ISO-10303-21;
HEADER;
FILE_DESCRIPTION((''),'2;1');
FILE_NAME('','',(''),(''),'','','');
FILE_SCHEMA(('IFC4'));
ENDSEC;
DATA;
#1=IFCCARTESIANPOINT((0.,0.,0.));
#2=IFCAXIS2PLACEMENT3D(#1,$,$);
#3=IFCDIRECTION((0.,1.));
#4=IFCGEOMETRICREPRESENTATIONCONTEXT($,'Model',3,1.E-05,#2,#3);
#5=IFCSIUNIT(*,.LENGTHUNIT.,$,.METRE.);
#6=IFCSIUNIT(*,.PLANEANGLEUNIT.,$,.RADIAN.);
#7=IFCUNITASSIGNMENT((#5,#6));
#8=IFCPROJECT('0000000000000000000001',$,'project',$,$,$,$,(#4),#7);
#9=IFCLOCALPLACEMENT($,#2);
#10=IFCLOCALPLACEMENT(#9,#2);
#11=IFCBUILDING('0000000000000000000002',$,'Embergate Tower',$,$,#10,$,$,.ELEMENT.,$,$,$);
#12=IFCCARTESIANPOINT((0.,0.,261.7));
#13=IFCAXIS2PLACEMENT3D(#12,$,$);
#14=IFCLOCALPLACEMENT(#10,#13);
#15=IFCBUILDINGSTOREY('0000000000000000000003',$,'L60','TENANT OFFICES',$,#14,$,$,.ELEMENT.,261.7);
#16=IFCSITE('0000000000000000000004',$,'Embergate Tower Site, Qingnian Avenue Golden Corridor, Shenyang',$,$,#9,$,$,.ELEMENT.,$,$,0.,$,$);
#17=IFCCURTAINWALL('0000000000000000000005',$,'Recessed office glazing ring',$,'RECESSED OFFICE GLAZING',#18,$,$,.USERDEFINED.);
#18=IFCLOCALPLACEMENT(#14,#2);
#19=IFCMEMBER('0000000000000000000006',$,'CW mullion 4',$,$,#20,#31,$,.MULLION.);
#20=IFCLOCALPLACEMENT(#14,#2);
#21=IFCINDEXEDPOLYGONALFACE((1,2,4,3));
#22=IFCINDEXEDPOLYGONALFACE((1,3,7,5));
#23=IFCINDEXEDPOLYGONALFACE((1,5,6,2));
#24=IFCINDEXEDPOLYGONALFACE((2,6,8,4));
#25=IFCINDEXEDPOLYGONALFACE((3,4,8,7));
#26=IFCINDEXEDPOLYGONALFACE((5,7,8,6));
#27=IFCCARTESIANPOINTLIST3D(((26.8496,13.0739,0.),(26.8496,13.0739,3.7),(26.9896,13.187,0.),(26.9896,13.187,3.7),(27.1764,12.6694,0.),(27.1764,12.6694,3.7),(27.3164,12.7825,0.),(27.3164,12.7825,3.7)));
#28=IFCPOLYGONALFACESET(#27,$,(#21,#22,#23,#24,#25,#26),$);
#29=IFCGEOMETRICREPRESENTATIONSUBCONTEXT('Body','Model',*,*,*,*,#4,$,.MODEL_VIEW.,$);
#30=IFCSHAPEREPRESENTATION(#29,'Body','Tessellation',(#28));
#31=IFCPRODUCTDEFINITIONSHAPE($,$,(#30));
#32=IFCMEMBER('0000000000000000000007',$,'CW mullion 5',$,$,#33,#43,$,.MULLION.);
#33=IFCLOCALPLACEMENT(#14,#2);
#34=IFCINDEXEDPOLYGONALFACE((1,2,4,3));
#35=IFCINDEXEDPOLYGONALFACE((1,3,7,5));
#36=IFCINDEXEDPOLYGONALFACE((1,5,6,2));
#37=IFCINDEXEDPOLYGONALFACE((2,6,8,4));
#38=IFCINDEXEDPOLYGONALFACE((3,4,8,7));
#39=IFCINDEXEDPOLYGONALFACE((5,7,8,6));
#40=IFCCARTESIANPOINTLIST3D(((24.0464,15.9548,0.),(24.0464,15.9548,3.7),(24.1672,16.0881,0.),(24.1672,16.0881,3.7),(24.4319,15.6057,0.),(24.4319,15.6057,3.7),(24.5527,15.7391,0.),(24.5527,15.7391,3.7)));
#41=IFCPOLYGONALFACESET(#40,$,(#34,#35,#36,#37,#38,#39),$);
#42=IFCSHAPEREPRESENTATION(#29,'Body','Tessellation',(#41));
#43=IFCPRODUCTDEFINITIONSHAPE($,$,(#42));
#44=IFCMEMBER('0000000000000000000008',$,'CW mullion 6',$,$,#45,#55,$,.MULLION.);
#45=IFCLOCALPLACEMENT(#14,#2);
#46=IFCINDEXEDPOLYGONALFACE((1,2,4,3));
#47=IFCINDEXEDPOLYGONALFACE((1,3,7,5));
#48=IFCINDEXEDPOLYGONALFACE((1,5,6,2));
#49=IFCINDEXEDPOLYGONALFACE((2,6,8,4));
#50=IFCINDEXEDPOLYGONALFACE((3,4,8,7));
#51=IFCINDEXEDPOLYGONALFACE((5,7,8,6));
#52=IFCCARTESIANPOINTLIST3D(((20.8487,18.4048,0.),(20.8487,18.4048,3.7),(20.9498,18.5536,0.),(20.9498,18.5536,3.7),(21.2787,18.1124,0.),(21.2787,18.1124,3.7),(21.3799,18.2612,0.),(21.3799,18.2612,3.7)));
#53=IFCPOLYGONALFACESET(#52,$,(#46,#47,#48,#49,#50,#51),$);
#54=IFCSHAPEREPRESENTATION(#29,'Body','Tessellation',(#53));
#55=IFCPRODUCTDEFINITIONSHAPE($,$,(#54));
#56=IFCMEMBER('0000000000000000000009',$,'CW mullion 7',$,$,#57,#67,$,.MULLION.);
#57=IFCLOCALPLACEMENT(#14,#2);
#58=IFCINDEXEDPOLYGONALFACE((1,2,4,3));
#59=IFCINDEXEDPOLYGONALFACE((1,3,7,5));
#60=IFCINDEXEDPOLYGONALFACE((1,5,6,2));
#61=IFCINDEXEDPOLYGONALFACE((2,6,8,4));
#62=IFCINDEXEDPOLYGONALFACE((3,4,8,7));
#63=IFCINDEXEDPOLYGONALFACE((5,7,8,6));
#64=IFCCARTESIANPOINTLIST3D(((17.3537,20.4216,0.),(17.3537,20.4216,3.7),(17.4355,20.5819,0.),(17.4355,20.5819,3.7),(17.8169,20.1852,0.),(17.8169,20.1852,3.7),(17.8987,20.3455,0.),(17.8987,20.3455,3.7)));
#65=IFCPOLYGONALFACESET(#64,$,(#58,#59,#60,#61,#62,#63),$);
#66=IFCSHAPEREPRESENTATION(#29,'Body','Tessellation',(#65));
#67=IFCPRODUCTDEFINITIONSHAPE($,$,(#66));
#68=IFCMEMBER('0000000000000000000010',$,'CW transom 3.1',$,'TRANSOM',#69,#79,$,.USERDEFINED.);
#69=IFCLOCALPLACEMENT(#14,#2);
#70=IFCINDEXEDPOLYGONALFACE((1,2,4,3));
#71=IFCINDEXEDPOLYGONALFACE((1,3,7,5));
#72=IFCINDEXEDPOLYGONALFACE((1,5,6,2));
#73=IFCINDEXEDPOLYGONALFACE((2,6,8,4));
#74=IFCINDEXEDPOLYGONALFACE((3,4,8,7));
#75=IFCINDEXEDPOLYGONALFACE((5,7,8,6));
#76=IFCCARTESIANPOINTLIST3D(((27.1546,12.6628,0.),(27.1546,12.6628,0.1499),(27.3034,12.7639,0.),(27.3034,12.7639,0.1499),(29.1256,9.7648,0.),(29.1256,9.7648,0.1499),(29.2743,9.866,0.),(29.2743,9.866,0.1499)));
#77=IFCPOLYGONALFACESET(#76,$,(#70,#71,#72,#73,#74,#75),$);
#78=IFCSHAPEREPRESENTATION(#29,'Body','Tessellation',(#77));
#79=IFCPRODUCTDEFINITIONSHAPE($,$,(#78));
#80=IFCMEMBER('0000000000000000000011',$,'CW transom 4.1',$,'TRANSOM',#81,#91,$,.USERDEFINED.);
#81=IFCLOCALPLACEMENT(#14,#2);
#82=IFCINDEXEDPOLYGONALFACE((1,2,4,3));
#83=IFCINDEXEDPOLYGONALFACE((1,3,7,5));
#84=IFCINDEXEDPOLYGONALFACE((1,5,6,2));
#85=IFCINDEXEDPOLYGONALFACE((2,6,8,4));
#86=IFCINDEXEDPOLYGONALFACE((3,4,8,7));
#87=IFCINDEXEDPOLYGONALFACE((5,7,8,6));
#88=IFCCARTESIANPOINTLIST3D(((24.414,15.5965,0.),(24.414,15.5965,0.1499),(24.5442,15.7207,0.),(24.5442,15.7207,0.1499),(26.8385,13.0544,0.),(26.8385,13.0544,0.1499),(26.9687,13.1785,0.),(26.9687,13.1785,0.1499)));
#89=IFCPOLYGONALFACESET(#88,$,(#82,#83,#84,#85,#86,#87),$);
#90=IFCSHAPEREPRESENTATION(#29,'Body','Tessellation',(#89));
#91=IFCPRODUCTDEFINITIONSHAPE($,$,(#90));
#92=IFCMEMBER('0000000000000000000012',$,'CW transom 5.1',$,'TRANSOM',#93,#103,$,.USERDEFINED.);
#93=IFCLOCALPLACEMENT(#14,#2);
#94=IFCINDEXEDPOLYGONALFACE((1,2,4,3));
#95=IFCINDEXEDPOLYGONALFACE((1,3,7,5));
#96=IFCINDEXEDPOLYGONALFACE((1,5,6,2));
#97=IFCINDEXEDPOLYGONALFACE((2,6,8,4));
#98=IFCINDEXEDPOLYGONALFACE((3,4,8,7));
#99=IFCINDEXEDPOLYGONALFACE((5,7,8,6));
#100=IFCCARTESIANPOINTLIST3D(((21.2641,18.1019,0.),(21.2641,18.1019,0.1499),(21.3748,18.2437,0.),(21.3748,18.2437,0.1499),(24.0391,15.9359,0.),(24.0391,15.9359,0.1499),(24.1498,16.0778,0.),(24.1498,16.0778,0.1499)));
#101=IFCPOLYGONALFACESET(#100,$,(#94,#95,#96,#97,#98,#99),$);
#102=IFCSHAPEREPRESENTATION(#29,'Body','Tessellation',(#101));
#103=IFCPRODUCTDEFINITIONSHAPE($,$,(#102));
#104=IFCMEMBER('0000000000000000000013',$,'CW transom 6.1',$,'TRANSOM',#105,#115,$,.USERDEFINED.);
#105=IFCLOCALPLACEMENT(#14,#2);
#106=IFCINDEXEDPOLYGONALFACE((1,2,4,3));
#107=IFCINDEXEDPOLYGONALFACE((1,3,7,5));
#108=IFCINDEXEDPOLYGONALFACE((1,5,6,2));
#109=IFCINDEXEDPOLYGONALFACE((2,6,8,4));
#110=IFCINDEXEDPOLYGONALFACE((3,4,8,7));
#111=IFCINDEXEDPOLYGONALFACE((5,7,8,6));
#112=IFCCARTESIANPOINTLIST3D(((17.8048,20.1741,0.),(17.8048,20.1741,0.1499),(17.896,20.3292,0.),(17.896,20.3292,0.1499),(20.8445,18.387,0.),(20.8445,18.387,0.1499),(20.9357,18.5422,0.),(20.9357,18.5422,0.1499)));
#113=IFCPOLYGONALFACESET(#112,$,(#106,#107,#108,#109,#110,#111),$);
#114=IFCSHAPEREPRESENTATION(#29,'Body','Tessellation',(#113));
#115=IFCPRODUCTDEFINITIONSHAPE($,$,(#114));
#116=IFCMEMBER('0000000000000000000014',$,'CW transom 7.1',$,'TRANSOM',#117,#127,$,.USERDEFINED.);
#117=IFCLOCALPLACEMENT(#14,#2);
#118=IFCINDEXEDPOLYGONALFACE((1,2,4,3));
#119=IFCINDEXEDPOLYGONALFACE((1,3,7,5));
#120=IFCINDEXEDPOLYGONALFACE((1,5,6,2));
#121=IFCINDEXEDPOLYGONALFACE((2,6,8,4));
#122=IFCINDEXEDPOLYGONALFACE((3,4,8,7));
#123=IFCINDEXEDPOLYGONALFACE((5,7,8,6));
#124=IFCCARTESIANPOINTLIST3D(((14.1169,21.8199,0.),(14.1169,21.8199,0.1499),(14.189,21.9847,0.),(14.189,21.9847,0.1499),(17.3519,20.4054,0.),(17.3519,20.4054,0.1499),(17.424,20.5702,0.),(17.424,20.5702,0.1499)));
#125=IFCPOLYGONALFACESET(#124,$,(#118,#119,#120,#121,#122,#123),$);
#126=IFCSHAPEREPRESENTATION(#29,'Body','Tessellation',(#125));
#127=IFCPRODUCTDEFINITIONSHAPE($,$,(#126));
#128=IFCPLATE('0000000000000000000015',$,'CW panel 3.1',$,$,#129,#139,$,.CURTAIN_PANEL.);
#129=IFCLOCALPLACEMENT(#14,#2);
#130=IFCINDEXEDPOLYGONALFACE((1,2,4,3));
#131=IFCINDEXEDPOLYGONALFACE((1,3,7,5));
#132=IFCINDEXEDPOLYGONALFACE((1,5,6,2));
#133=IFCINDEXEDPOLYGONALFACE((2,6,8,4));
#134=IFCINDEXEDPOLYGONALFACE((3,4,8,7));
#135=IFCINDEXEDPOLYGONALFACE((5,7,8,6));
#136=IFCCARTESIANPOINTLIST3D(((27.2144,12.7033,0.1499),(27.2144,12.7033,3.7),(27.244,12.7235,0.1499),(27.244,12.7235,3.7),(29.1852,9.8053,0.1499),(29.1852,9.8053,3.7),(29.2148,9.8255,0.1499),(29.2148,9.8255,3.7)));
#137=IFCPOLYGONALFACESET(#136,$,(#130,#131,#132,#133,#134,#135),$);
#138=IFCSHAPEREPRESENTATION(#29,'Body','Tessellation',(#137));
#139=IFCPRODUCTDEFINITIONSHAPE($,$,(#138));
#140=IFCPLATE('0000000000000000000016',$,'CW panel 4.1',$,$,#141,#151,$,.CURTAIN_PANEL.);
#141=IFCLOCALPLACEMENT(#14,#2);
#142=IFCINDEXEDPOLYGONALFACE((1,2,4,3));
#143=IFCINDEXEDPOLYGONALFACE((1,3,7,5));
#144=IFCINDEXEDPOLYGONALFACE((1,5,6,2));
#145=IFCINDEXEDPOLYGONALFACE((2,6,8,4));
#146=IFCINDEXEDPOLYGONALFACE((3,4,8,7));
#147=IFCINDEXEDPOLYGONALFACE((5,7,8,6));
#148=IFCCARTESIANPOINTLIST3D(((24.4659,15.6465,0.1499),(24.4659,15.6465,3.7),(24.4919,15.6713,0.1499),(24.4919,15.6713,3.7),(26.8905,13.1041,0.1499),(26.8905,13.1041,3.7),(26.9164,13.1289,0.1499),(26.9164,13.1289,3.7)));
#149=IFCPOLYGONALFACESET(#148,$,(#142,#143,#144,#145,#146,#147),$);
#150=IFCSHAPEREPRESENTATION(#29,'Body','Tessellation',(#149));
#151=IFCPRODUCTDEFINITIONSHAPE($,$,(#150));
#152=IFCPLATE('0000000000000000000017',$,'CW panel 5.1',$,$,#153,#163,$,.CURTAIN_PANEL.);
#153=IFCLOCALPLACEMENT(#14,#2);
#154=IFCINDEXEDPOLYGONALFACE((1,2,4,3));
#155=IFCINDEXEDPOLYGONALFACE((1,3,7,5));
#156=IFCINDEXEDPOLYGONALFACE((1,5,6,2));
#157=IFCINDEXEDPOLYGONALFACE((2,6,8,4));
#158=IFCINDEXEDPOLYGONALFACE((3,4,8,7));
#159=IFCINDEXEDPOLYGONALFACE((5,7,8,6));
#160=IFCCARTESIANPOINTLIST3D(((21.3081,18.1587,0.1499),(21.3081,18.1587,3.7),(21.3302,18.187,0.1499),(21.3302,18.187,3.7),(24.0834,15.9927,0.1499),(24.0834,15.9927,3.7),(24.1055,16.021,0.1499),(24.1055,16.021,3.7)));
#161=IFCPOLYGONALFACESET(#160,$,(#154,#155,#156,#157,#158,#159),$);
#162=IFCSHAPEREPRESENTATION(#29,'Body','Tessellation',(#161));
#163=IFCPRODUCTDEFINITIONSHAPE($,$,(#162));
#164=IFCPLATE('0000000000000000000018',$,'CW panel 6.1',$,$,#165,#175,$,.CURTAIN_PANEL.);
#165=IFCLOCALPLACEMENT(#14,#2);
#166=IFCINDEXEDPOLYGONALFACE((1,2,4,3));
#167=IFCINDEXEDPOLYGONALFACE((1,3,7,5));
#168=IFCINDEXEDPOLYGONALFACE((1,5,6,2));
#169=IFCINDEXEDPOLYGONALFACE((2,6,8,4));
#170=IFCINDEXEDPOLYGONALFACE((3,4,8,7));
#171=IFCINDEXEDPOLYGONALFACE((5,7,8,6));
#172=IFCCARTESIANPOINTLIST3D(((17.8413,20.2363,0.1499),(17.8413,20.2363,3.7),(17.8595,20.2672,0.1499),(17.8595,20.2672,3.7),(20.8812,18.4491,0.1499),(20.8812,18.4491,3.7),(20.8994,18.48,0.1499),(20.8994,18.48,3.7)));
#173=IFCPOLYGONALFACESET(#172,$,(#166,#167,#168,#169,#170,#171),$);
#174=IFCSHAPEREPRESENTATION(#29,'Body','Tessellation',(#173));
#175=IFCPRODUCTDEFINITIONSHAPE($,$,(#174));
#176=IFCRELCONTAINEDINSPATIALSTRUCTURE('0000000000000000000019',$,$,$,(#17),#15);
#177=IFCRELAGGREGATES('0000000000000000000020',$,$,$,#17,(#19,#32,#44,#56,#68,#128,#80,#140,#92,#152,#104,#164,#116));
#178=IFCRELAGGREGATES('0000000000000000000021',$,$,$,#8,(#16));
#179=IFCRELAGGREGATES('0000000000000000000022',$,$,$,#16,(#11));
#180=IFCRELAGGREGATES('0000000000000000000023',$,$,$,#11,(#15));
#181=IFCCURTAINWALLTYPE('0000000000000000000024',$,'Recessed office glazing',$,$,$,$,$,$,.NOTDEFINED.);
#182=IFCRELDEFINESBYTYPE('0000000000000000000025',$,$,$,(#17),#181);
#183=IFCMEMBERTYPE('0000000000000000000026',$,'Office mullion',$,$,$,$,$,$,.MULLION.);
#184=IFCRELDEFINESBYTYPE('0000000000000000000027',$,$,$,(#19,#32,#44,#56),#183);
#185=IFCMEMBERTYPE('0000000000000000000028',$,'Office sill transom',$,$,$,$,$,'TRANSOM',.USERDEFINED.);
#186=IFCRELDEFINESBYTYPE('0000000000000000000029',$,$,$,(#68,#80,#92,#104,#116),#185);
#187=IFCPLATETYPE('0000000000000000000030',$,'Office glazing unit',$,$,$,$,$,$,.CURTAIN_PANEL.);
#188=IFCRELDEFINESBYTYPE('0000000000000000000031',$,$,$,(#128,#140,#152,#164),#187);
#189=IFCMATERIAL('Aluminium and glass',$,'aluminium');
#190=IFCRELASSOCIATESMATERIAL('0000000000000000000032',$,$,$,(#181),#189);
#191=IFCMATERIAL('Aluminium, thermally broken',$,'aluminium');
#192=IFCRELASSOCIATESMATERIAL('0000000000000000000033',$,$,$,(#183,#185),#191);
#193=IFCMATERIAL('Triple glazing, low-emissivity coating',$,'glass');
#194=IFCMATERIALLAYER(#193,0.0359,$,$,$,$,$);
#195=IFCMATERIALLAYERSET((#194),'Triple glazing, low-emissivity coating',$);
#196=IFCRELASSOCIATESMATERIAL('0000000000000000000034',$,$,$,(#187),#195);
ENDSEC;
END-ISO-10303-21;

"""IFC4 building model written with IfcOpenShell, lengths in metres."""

from ifc_helpers import new_model, si_unit, direction, frame, origin, origin_2d, place, context, subcontext, project, spatial, rectangle, extrude, source, transform, mapped, material, layer, layer_set, material_profile, profile_set, type_object, element, aggregate, save


model = new_model("IFC4")

# Units and contexts
model_context = context("Model", 3, precision=1e-05, world=origin(), true_north=direction((0.0, 1.0)))
body_context = subcontext(model_context, "Body", "Model", "MODEL_VIEW")
ifc_project = project(units=[si_unit("LENGTHUNIT", "METRE"), si_unit("PLANEANGLEUNIT", "RADIAN")], contexts=[model_context])

# Site, building, storey
site_placement = place(None, origin())
site = spatial("IfcSite", under=ifc_project, at=site_placement, Name="Embergate Tower Site, Qingnian Avenue Golden Corridor, Shenyang", CompositionType="ELEMENT", RefElevation=0.0)
building_placement = place(site_placement, origin())
building = spatial("IfcBuilding", under=site, at=building_placement, Name="Embergate Tower", CompositionType="ELEMENT")
storey_placement = place(building_placement, frame((0.0, 0.0, 261.7)))
storey = spatial("IfcBuildingStorey", under=building, at=storey_placement, Name="L60", Description="TENANT OFFICES", CompositionType="ELEMENT", Elevation=261.7)

# Curtain wall, members, plates
ifc_material_1 = material(Name="Aluminium and glass", Category="aluminium")
curtain_wall_type = type_object("IfcCurtainWallType", Name="Recessed office glazing", PredefinedType="NOTDEFINED", material=ifc_material_1)
curtain_wall_placement = place(storey_placement, origin())
curtain_wall = element("IfcCurtainWall", 1, at=curtain_wall_placement, inside=storey, type_object=curtain_wall_type, Name="Recessed office glazing ring", ObjectType="RECESSED OFFICE GLAZING", PredefinedType="USERDEFINED")
ifc_material_2 = material(Name="Aluminium, thermally broken", Category="aluminium")
ifc_material_profile_1 = material_profile(ifc_material_2, rectangle(XDim=0.1799, YDim=0.52, at=origin_2d()), Name="AL 520x180")
ifc_profile_set_1 = profile_set([ifc_material_profile_1], Name="Aluminium, thermally broken")
member_type_1 = type_object("IfcMemberType", Name="Office mullion", PredefinedType="MULLION", material=ifc_profile_set_1)
shared_shape_1 = source(origin(), body_context, "Body", "SweptSolid", [
    extrude(rectangle(XDim=0.1799, YDim=0.52, at=origin_2d()), origin(), (0.0, 0.0, 1.0), 3.7),
])
member_1_placement = place(storey_placement, frame((27.083, 12.9282, 0.0), z_axis=(0.0, 0.0, 1.0), x_axis=(-0.777864, -0.628433, 0.0)))
member_1 = element("IfcMember", 2, at=member_1_placement, type_object=member_type_1, Name="CW mullion 4", PredefinedType="MULLION", context=body_context, shape_type="MappedRepresentation", body=[
    mapped(shared_shape_1, transform((0.0, 0.0, 0.0))),
])
member_2_placement = place(storey_placement, frame((24.2996, 15.8469, 0.0), z_axis=(0.0, 0.0, 1.0), x_axis=(-0.671217, -0.74126, 0.0)))
member_2 = element("IfcMember", 3, at=member_2_placement, type_object=member_type_1, Name="CW mullion 5", PredefinedType="MULLION", context=body_context, shape_type="MappedRepresentation", body=[
    mapped(shared_shape_1, transform((0.0, 0.0, 0.0))),
])
member_3_placement = place(storey_placement, frame((21.1143, 18.333, 0.0), z_axis=(0.0, 0.0, 1.0), x_axis=(-0.562209, -0.826995, 0.0)))
member_3 = element("IfcMember", 4, at=member_3_placement, type_object=member_type_1, Name="CW mullion 6", PredefinedType="MULLION", context=body_context, shape_type="MappedRepresentation", body=[
    mapped(shared_shape_1, transform((0.0, 0.0, 0.0))),
])
member_4_placement = place(storey_placement, frame((17.6262, 20.3835, 0.0), z_axis=(0.0, 0.0, 1.0), x_axis=(-0.454505, -0.890744, 0.0)))
member_4 = element("IfcMember", 5, at=member_4_placement, type_object=member_type_1, Name="CW mullion 7", PredefinedType="MULLION", context=body_context, shape_type="MappedRepresentation", body=[
    mapped(shared_shape_1, transform((0.0, 0.0, 0.0))),
])
ifc_material_profile_2 = material_profile(ifc_material_2, rectangle(XDim=0.1799, YDim=0.1499, at=origin_2d()), Name="AL 150x180")
ifc_profile_set_2 = profile_set([ifc_material_profile_2], Name="Aluminium, thermally broken")
member_type_2 = type_object("IfcMemberType", Name="Office sill transom", ElementType="TRANSOM", PredefinedType="USERDEFINED", material=ifc_profile_set_2)
shared_shape_2 = source(origin(), body_context, "Body", "SweptSolid", [
    extrude(rectangle(XDim=0.1799, YDim=0.1499, at=origin_2d()), origin(), (0.0, 0.0, 1.0), 3.5046),
])
member_5_placement = place(storey_placement, frame((29.2, 9.8154, 0.075), z_axis=(-0.562377, 0.826881, 0.0), x_axis=(-0.826881, -0.562377, 0.0)))
member_5 = element("IfcMember", 6, at=member_5_placement, type_object=member_type_2, Name="CW transom 3.1", ObjectType="TRANSOM", PredefinedType="USERDEFINED", context=body_context, shape_type="MappedRepresentation", body=[
    mapped(shared_shape_2, transform((0.0, 0.0, 0.0))),
])
shared_shape_3 = source(origin(), body_context, "Body", "SweptSolid", [
    extrude(rectangle(XDim=0.1799, YDim=0.1499, at=origin_2d()), origin(), (0.0, 0.0, 1.0), 3.5129),
])
member_6_placement = place(storey_placement, frame((26.9036, 13.1165, 0.075), z_axis=(-0.69016, 0.723657, 0.0), x_axis=(-0.723657, -0.69016, 0.0)))
member_6 = element("IfcMember", 7, at=member_6_placement, type_object=member_type_2, Name="CW transom 4.1", ObjectType="TRANSOM", PredefinedType="USERDEFINED", context=body_context, shape_type="MappedRepresentation", body=[
    mapped(shared_shape_3, transform((0.0, 0.0, 0.0))),
])
shared_shape_4 = source(origin(), body_context, "Body", "SweptSolid", [
    extrude(rectangle(XDim=0.1799, YDim=0.1499, at=origin_2d()), origin(), (0.0, 0.0, 1.0), 3.5203),
])
member_7_placement = place(storey_placement, frame((24.0945, 16.0068, 0.075), z_axis=(-0.788309, 0.615279, 0.0), x_axis=(-0.615279, -0.788309, 0.0)))
member_7 = element("IfcMember", 8, at=member_7_placement, type_object=member_type_2, Name="CW transom 5.1", ObjectType="TRANSOM", PredefinedType="USERDEFINED", context=body_context, shape_type="MappedRepresentation", body=[
    mapped(shared_shape_4, transform((0.0, 0.0, 0.0))),
])
shared_shape_5 = source(origin(), body_context, "Body", "SweptSolid", [
    extrude(rectangle(XDim=0.1799, YDim=0.1499, at=origin_2d()), origin(), (0.0, 0.0, 1.0), 3.5261),
])
member_8_placement = place(storey_placement, frame((20.8901, 18.4646, 0.075), z_axis=(-0.862059, 0.506808, 0.0), x_axis=(-0.506808, -0.862059, 0.0)))
member_8 = element("IfcMember", 9, at=member_8_placement, type_object=member_type_2, Name="CW transom 6.1", ObjectType="TRANSOM", PredefinedType="USERDEFINED", context=body_context, shape_type="MappedRepresentation", body=[
    mapped(shared_shape_5, transform((0.0, 0.0, 0.0))),
])
shared_shape_6 = source(origin(), body_context, "Body", "SweptSolid", [
    extrude(rectangle(XDim=0.1799, YDim=0.1499, at=origin_2d()), origin(), (0.0, 0.0, 1.0), 3.5308),
])
member_9_placement = place(storey_placement, frame((17.3879, 20.4878, 0.075), z_axis=(-0.916241, 0.400627, 0.0), x_axis=(-0.400627, -0.916241, 0.0)))
member_9 = element("IfcMember", 10, at=member_9_placement, type_object=member_type_2, Name="CW transom 7.1", ObjectType="TRANSOM", PredefinedType="USERDEFINED", context=body_context, shape_type="MappedRepresentation", body=[
    mapped(shared_shape_6, transform((0.0, 0.0, 0.0))),
])
ifc_material_3 = material(Name="Triple glazing, low-emissivity coating", Category="glass")
ifc_layer_1 = layer(ifc_material_3, 0.0359)
ifc_layer_set_1 = layer_set([ifc_layer_1], Name="Triple glazing, low-emissivity coating")
plate_type = type_object("IfcPlateType", Name="Office glazing unit", PredefinedType="CURTAIN_PANEL", material=ifc_layer_set_1)
shared_shape_7 = source(origin(), body_context, "Body", "SweptSolid", [
    extrude(rectangle(XDim=3.5046, YDim=0.0359, at=origin_2d()), origin(), (0.0, 0.0, 1.0), 3.55),
])
plate_1_placement = place(storey_placement, frame((28.2146, 11.2644, 0.1499), z_axis=(0.0, 0.0, 1.0), x_axis=(-0.562346, 0.826902, 0.0)))
plate_1 = element("IfcPlate", 11, at=plate_1_placement, type_object=plate_type, Name="CW panel 3.1", PredefinedType="CURTAIN_PANEL", context=body_context, shape_type="MappedRepresentation", body=[
    mapped(shared_shape_7, transform((0.0, 0.0, 0.0))),
])
shared_shape_8 = source(origin(), body_context, "Body", "SweptSolid", [
    extrude(rectangle(XDim=3.5132, YDim=0.0359, at=origin_2d()), origin(), (0.0, 0.0, 1.0), 3.55),
])
plate_2_placement = place(storey_placement, frame((25.6912, 14.3877, 0.1499), z_axis=(0.0, 0.0, 1.0), x_axis=(-0.690138, 0.723678, 0.0)))
plate_2 = element("IfcPlate", 12, at=plate_2_placement, type_object=plate_type, Name="CW panel 4.1", PredefinedType="CURTAIN_PANEL", context=body_context, shape_type="MappedRepresentation", body=[
    mapped(shared_shape_8, transform((0.0, 0.0, 0.0))),
])
shared_shape_9 = source(origin(), body_context, "Body", "SweptSolid", [
    extrude(rectangle(XDim=3.5205, YDim=0.0359, at=origin_2d()), origin(), (0.0, 0.0, 1.0), 3.55),
])
plate_3_placement = place(storey_placement, frame((22.7068, 17.0898, 0.1499), z_axis=(0.0, 0.0, 1.0), x_axis=(-0.788322, 0.615263, 0.0)))
plate_3 = element("IfcPlate", 13, at=plate_3_placement, type_object=plate_type, Name="CW panel 5.1", PredefinedType="CURTAIN_PANEL", context=body_context, shape_type="MappedRepresentation", body=[
    mapped(shared_shape_9, transform((0.0, 0.0, 0.0))),
])
shared_shape_10 = source(origin(), body_context, "Body", "SweptSolid", [
    extrude(rectangle(XDim=3.5264, YDim=0.0359, at=origin_2d()), origin(), (0.0, 0.0, 1.0), 3.55),
])
plate_4_placement = place(storey_placement, frame((19.3704, 19.3582, 0.1499), z_axis=(0.0, 0.0, 1.0), x_axis=(-0.862055, 0.506815, 0.0)))
plate_4 = element("IfcPlate", 14, at=plate_4_placement, type_object=plate_type, Name="CW panel 6.1", PredefinedType="CURTAIN_PANEL", context=body_context, shape_type="MappedRepresentation", body=[
    mapped(shared_shape_10, transform((0.0, 0.0, 0.0))),
])
aggregate(curtain_wall, [member_1, member_2, member_3, member_4, member_5, plate_1, member_6, plate_2, member_7, plate_3, member_8, plate_4, member_9])

save(model, "model.ifc")
